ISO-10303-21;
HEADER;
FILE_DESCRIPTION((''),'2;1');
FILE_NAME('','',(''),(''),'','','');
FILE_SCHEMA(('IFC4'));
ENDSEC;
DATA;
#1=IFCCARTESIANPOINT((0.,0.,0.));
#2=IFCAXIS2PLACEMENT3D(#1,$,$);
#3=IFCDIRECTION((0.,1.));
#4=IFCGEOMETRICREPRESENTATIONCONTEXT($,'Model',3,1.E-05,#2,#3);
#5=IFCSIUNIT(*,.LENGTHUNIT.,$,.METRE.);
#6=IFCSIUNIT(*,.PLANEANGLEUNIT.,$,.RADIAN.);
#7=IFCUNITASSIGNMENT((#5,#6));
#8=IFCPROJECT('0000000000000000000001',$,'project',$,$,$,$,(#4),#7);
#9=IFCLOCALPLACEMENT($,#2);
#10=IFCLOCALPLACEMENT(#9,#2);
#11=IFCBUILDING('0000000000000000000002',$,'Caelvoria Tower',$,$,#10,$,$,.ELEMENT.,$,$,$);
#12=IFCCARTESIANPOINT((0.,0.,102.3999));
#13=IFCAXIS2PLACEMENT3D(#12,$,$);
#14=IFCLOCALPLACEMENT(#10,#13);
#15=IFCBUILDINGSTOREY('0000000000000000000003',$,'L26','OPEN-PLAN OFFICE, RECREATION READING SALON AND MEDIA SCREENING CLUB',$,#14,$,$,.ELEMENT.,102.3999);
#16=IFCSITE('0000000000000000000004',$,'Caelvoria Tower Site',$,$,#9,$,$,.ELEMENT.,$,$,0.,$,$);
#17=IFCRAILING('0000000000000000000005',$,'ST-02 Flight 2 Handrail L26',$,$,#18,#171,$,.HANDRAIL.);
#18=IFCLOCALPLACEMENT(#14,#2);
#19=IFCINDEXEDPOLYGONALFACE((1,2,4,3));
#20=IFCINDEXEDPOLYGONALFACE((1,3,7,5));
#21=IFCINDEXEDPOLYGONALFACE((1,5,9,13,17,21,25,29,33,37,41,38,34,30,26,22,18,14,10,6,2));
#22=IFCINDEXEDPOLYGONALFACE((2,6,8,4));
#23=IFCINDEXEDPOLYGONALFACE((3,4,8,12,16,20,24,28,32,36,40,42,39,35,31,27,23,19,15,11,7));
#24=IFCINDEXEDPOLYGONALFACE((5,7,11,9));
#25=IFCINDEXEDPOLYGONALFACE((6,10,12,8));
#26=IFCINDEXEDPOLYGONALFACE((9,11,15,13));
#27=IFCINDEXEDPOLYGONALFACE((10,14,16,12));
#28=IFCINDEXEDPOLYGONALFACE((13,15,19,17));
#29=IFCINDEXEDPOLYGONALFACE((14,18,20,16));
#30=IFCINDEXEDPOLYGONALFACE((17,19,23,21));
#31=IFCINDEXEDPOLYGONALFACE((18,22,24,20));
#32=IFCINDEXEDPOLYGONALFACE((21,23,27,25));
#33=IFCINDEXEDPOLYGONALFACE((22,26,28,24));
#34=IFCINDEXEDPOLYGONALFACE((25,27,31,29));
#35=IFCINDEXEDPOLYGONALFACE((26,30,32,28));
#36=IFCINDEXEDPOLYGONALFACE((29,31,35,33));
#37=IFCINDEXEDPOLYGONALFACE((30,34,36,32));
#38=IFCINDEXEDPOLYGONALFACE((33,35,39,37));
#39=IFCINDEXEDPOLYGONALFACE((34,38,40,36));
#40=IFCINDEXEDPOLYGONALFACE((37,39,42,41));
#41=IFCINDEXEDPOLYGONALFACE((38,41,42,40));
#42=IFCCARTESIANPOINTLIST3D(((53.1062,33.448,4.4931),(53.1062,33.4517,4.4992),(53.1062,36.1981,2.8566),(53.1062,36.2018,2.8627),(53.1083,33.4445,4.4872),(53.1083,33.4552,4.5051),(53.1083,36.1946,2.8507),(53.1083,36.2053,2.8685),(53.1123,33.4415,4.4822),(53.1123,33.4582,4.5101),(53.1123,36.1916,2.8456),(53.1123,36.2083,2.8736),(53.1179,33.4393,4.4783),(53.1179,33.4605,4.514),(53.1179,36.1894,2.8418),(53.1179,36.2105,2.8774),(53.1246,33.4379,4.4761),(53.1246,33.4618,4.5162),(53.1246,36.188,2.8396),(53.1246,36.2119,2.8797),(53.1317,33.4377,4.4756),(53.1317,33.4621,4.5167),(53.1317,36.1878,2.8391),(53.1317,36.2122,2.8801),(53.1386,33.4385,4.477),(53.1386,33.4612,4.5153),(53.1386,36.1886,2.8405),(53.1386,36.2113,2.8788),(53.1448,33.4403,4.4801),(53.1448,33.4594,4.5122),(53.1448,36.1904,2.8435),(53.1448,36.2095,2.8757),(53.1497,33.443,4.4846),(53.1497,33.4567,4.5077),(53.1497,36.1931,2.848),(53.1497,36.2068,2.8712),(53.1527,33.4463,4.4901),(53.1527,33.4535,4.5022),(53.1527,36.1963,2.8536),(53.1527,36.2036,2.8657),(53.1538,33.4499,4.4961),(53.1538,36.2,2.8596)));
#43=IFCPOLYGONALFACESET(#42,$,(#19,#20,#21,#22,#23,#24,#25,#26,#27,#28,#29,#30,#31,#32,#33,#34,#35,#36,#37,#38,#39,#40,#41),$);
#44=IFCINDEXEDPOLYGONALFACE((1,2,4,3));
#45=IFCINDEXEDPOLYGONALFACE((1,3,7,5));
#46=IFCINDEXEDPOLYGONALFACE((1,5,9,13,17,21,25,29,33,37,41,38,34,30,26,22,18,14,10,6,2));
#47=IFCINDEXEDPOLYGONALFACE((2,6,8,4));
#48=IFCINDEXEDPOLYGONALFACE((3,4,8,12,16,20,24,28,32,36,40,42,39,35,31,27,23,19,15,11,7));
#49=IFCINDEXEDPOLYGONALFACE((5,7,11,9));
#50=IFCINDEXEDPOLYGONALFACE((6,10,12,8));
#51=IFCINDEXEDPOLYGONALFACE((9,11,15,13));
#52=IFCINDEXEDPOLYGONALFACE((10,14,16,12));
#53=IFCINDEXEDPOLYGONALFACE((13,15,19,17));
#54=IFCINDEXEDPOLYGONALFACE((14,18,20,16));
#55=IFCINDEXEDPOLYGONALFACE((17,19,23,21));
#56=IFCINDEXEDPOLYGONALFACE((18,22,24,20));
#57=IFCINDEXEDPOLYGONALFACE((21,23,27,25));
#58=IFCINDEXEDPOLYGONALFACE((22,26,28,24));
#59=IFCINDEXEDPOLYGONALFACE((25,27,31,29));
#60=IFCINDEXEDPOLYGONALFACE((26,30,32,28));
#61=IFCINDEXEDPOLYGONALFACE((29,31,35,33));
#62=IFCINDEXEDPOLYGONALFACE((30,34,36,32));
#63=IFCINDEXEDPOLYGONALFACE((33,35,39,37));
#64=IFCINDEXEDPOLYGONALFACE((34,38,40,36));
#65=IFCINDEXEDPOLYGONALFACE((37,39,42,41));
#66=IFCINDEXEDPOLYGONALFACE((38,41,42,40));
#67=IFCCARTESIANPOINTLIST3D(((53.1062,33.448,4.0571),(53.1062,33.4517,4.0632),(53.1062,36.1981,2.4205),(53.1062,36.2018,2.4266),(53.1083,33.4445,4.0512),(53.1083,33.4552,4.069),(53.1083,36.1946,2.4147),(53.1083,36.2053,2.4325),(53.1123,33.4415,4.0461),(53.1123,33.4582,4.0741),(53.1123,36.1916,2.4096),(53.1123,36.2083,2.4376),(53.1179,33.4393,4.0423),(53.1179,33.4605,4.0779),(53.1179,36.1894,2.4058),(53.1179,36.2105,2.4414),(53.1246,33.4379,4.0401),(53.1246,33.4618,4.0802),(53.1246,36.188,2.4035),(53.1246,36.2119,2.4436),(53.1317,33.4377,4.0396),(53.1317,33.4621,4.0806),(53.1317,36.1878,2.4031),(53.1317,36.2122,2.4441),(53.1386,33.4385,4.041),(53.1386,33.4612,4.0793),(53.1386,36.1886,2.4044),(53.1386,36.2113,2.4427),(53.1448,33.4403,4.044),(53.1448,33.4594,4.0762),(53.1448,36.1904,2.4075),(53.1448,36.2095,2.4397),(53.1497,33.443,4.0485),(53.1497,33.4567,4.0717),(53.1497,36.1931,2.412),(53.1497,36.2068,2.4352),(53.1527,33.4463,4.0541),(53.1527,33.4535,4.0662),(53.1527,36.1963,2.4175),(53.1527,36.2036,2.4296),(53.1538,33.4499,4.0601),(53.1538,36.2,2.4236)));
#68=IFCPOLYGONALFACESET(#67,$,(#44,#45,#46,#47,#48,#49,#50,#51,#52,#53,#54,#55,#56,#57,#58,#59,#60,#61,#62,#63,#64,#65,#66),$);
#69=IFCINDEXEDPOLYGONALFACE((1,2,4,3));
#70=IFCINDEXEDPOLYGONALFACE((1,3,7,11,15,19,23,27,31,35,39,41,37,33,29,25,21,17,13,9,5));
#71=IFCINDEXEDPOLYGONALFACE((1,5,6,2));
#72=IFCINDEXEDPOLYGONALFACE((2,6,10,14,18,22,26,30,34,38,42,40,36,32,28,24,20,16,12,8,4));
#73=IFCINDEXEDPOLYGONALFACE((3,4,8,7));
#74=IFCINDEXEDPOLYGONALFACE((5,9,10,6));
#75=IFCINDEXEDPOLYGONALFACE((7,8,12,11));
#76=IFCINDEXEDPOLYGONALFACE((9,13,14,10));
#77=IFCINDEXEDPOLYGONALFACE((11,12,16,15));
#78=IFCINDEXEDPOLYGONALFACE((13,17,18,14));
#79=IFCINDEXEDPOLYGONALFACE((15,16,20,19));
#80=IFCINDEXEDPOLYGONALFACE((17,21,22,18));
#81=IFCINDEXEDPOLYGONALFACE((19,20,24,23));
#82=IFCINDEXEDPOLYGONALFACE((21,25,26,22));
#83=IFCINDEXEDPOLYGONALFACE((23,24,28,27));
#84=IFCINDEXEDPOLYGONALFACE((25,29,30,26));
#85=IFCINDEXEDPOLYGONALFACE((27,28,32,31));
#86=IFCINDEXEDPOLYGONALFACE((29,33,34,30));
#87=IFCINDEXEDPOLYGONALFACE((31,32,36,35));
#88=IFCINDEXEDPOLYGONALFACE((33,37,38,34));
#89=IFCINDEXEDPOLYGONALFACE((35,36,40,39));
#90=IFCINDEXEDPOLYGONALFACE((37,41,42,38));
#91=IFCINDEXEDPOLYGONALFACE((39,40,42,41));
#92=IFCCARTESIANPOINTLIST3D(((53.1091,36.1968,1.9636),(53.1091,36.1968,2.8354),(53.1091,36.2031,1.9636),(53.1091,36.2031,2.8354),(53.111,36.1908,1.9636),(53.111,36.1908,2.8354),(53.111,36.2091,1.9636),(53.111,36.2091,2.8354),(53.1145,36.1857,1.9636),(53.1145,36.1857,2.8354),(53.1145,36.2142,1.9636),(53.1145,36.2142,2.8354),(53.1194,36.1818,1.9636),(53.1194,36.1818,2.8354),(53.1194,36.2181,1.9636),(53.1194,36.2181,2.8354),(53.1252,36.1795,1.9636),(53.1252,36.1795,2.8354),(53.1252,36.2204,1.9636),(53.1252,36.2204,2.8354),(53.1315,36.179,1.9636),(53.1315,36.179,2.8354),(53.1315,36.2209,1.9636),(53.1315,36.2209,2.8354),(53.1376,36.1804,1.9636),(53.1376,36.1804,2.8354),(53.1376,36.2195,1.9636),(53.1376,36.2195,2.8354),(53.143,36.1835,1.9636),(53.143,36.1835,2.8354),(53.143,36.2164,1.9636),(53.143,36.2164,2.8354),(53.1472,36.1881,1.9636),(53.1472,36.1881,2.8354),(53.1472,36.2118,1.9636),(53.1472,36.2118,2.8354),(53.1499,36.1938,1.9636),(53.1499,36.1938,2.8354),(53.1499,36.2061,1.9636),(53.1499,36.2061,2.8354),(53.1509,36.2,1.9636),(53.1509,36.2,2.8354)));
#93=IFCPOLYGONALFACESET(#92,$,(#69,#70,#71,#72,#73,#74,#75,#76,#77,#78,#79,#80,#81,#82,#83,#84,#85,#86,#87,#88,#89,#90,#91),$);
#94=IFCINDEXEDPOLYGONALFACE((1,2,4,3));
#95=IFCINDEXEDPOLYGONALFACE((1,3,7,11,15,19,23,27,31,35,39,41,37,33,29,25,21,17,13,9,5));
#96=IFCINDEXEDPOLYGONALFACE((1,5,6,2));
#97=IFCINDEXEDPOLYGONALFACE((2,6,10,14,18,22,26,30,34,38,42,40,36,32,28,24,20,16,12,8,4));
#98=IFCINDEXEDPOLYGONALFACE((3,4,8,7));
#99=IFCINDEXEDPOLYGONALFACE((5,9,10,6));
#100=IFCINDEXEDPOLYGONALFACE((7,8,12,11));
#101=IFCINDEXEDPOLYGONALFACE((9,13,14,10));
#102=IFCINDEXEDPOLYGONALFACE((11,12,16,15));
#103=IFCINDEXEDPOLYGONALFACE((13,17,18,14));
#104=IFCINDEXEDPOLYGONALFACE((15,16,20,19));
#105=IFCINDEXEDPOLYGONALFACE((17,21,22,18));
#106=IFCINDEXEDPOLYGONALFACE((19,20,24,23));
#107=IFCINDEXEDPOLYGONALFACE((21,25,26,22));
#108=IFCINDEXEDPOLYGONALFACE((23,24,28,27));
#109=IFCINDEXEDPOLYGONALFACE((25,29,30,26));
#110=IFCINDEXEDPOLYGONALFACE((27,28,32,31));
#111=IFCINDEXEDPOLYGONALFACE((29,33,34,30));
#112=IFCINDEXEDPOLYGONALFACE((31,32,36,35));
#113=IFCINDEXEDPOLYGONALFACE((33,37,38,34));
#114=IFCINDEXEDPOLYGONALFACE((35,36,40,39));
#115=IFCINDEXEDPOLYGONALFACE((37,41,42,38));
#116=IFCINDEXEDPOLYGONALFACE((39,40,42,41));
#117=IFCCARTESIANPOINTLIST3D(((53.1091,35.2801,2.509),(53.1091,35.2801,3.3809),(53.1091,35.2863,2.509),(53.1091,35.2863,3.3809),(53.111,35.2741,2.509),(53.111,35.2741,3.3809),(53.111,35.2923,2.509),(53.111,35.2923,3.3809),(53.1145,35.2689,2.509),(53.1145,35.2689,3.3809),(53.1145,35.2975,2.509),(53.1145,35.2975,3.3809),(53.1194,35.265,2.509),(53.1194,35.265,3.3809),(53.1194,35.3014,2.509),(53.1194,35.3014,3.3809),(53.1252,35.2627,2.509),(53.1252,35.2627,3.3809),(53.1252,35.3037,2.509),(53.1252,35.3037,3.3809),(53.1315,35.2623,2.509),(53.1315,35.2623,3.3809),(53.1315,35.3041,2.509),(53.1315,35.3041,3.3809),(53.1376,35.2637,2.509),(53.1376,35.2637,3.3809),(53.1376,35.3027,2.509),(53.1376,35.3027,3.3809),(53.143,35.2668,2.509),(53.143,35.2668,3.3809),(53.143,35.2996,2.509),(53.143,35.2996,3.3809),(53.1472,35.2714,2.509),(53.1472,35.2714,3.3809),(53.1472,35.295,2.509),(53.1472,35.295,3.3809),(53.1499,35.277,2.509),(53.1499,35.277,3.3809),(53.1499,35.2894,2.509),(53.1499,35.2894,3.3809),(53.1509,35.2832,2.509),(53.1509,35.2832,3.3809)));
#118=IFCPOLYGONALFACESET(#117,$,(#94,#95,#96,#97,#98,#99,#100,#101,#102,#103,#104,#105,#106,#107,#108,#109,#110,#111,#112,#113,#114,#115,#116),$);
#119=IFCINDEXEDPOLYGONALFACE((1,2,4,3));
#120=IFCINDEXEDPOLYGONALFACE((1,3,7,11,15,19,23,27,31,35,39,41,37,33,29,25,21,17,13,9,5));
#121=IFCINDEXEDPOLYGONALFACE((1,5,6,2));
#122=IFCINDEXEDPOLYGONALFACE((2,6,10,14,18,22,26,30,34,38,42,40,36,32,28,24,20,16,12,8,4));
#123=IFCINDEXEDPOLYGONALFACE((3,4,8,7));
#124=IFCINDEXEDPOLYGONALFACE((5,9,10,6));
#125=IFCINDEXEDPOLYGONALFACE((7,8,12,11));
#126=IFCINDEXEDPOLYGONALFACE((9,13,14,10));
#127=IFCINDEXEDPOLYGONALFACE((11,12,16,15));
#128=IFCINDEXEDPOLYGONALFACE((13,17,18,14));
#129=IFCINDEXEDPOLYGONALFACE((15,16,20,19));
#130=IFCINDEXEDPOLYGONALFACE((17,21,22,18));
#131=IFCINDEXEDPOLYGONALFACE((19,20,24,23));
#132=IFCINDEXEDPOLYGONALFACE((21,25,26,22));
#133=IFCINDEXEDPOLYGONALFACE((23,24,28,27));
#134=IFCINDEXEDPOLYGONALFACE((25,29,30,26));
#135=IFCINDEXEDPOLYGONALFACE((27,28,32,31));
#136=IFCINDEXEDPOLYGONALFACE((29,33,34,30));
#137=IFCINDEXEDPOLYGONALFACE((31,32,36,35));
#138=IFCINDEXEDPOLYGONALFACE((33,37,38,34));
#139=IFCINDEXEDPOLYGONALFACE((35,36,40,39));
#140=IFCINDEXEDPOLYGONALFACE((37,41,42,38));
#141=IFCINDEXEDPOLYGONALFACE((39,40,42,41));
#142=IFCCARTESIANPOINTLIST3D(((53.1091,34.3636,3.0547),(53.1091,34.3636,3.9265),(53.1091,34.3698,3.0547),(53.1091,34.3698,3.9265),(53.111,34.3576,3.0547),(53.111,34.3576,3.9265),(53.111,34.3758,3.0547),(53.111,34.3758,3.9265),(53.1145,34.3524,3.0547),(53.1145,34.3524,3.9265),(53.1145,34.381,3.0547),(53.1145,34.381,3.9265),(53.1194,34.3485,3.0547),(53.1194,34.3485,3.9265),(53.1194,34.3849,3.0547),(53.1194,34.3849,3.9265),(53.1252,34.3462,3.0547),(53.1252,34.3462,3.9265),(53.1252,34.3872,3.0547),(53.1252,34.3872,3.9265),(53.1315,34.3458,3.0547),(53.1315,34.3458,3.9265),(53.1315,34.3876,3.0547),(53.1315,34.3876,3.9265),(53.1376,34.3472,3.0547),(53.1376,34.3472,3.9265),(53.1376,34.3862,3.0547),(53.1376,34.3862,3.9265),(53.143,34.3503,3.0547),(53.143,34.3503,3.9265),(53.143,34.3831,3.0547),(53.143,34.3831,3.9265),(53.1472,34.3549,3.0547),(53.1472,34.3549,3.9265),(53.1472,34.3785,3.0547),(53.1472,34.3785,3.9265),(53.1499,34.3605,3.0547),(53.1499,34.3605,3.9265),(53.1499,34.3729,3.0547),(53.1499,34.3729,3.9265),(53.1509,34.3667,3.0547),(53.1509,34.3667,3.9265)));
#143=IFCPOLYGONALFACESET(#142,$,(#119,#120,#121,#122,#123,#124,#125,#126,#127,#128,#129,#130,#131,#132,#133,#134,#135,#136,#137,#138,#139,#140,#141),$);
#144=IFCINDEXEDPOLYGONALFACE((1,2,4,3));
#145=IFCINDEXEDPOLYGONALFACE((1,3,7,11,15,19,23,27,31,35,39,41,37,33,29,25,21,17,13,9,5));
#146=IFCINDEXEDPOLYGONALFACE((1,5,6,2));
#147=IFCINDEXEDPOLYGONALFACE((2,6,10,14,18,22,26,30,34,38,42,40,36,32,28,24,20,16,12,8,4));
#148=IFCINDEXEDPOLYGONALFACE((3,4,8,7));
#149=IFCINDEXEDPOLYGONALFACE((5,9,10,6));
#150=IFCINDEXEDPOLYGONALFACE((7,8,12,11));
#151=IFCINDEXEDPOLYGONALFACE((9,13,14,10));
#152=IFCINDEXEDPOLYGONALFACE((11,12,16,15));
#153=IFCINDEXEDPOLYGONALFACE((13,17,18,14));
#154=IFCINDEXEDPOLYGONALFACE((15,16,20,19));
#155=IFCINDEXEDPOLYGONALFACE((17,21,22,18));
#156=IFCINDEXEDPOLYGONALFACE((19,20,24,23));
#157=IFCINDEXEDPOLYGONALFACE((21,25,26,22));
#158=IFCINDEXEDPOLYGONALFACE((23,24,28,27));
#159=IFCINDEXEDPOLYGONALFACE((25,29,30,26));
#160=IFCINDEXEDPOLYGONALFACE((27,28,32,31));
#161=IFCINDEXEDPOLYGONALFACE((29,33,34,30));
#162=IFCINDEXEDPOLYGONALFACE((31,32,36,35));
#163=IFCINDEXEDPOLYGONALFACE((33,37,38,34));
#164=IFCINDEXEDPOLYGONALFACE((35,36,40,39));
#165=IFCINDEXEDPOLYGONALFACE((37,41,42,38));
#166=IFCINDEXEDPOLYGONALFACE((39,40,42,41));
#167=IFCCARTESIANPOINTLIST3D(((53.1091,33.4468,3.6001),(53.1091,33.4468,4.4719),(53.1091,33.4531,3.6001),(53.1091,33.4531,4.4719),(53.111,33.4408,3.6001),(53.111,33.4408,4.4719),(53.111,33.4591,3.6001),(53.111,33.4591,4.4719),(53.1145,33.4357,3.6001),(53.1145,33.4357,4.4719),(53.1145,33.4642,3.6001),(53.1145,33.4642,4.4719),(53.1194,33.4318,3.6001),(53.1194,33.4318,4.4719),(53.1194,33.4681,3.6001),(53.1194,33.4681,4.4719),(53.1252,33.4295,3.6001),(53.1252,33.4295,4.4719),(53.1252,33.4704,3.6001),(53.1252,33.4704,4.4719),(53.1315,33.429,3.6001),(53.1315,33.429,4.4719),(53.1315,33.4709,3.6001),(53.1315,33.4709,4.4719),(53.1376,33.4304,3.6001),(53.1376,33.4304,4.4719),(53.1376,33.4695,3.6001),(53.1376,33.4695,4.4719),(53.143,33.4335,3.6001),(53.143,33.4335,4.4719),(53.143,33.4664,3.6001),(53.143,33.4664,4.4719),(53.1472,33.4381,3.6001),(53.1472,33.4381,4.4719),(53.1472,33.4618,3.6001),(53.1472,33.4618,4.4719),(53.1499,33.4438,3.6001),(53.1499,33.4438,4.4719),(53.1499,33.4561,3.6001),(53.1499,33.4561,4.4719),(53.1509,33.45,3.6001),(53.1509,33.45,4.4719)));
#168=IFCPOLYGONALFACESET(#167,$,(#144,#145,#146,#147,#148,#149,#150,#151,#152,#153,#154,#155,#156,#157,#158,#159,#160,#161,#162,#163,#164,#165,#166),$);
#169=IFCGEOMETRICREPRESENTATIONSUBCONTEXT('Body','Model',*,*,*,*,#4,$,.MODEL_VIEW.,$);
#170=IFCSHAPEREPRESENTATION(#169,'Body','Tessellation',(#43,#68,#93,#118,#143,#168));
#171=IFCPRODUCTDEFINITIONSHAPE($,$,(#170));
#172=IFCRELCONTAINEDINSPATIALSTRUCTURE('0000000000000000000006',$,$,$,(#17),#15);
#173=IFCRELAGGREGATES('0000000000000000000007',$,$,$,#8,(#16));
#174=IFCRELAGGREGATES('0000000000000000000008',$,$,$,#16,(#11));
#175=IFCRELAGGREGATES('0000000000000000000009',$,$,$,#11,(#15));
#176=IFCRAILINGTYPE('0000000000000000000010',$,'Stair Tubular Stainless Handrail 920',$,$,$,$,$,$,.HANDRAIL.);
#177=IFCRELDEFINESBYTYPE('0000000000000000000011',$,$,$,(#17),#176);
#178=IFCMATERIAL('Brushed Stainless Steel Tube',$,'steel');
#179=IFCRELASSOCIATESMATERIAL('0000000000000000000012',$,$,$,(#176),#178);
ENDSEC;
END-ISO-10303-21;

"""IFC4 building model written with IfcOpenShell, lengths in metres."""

from ifc_helpers import new_model, si_unit, direction, frame, origin, origin_2d, place, context, subcontext, project, spatial, circle, extrude, material, type_object, element, save


model = new_model("IFC4")

# Units and contexts
model_context = context("Model", 3, precision=1e-05, world=origin(), true_north=direction((0.0, 1.0)))
body_context = subcontext(model_context, "Body", "Model", "MODEL_VIEW")
ifc_project = project(units=[si_unit("LENGTHUNIT", "METRE"), si_unit("PLANEANGLEUNIT", "RADIAN")], contexts=[model_context])

# Site, building, storey
site_placement = place(None, origin())
site = spatial("IfcSite", under=ifc_project, at=site_placement, Name="Caelvoria Tower Site", CompositionType="ELEMENT", RefElevation=0.0)
building_placement = place(site_placement, origin())
building = spatial("IfcBuilding", under=site, at=building_placement, Name="Caelvoria Tower", CompositionType="ELEMENT")
storey_placement = place(building_placement, frame((0.0, 0.0, 102.3999)))
storey = spatial("IfcBuildingStorey", under=building, at=storey_placement, Name="L26", Description="OPEN-PLAN OFFICE, RECREATION READING SALON AND MEDIA SCREENING CLUB", CompositionType="ELEMENT", Elevation=102.3999)

# Railing
ifc_material_1 = material(Name="Brushed Stainless Steel Tube", Category="steel")
railing_type_1 = type_object("IfcRailingType", Name="Stair Tubular Stainless Handrail 920", PredefinedType="HANDRAIL", material=ifc_material_1)
railing_1_placement = place(storey_placement, frame((53.1299, 36.2, 1.9636)))
element("IfcRailing", 1, at=railing_1_placement, inside=storey, type_object=railing_type_1, Name="ST-02 Flight 2 Handrail L26", PredefinedType="HANDRAIL", context=body_context, shape_type="SweptSolid", body=[
    extrude(circle(Radius=0.0239, at=origin_2d()), frame((0.0, 0.0, 0.896), z_axis=(0.0, -0.859352, 0.511385), x_axis=(1.0, 0.0, 0.0)), (0.0, 0.0, 1.0), 3.2002),
    extrude(circle(Radius=0.0239, at=origin_2d()), frame((0.0, 0.0, 0.46), z_axis=(0.0, -0.859352, 0.511385), x_axis=(1.0, 0.0, 0.0)), (0.0, 0.0, 1.0), 3.2002),
    extrude(circle(Radius=0.021, at=origin_2d()), origin(), (0.0, 0.0, 1.0), 0.8718),
    extrude(circle(Radius=0.021, at=origin_2d()), frame((0.0, -0.9167, 0.5454)), (0.0, 0.0, 1.0), 0.8718),
    extrude(circle(Radius=0.021, at=origin_2d()), frame((0.0, -1.8333, 1.0911)), (0.0, 0.0, 1.0), 0.8718),
    extrude(circle(Radius=0.021, at=origin_2d()), frame((0.0, -2.75, 1.6365)), (0.0, 0.0, 1.0), 0.8718),
])

save(model, "model.ifc")
